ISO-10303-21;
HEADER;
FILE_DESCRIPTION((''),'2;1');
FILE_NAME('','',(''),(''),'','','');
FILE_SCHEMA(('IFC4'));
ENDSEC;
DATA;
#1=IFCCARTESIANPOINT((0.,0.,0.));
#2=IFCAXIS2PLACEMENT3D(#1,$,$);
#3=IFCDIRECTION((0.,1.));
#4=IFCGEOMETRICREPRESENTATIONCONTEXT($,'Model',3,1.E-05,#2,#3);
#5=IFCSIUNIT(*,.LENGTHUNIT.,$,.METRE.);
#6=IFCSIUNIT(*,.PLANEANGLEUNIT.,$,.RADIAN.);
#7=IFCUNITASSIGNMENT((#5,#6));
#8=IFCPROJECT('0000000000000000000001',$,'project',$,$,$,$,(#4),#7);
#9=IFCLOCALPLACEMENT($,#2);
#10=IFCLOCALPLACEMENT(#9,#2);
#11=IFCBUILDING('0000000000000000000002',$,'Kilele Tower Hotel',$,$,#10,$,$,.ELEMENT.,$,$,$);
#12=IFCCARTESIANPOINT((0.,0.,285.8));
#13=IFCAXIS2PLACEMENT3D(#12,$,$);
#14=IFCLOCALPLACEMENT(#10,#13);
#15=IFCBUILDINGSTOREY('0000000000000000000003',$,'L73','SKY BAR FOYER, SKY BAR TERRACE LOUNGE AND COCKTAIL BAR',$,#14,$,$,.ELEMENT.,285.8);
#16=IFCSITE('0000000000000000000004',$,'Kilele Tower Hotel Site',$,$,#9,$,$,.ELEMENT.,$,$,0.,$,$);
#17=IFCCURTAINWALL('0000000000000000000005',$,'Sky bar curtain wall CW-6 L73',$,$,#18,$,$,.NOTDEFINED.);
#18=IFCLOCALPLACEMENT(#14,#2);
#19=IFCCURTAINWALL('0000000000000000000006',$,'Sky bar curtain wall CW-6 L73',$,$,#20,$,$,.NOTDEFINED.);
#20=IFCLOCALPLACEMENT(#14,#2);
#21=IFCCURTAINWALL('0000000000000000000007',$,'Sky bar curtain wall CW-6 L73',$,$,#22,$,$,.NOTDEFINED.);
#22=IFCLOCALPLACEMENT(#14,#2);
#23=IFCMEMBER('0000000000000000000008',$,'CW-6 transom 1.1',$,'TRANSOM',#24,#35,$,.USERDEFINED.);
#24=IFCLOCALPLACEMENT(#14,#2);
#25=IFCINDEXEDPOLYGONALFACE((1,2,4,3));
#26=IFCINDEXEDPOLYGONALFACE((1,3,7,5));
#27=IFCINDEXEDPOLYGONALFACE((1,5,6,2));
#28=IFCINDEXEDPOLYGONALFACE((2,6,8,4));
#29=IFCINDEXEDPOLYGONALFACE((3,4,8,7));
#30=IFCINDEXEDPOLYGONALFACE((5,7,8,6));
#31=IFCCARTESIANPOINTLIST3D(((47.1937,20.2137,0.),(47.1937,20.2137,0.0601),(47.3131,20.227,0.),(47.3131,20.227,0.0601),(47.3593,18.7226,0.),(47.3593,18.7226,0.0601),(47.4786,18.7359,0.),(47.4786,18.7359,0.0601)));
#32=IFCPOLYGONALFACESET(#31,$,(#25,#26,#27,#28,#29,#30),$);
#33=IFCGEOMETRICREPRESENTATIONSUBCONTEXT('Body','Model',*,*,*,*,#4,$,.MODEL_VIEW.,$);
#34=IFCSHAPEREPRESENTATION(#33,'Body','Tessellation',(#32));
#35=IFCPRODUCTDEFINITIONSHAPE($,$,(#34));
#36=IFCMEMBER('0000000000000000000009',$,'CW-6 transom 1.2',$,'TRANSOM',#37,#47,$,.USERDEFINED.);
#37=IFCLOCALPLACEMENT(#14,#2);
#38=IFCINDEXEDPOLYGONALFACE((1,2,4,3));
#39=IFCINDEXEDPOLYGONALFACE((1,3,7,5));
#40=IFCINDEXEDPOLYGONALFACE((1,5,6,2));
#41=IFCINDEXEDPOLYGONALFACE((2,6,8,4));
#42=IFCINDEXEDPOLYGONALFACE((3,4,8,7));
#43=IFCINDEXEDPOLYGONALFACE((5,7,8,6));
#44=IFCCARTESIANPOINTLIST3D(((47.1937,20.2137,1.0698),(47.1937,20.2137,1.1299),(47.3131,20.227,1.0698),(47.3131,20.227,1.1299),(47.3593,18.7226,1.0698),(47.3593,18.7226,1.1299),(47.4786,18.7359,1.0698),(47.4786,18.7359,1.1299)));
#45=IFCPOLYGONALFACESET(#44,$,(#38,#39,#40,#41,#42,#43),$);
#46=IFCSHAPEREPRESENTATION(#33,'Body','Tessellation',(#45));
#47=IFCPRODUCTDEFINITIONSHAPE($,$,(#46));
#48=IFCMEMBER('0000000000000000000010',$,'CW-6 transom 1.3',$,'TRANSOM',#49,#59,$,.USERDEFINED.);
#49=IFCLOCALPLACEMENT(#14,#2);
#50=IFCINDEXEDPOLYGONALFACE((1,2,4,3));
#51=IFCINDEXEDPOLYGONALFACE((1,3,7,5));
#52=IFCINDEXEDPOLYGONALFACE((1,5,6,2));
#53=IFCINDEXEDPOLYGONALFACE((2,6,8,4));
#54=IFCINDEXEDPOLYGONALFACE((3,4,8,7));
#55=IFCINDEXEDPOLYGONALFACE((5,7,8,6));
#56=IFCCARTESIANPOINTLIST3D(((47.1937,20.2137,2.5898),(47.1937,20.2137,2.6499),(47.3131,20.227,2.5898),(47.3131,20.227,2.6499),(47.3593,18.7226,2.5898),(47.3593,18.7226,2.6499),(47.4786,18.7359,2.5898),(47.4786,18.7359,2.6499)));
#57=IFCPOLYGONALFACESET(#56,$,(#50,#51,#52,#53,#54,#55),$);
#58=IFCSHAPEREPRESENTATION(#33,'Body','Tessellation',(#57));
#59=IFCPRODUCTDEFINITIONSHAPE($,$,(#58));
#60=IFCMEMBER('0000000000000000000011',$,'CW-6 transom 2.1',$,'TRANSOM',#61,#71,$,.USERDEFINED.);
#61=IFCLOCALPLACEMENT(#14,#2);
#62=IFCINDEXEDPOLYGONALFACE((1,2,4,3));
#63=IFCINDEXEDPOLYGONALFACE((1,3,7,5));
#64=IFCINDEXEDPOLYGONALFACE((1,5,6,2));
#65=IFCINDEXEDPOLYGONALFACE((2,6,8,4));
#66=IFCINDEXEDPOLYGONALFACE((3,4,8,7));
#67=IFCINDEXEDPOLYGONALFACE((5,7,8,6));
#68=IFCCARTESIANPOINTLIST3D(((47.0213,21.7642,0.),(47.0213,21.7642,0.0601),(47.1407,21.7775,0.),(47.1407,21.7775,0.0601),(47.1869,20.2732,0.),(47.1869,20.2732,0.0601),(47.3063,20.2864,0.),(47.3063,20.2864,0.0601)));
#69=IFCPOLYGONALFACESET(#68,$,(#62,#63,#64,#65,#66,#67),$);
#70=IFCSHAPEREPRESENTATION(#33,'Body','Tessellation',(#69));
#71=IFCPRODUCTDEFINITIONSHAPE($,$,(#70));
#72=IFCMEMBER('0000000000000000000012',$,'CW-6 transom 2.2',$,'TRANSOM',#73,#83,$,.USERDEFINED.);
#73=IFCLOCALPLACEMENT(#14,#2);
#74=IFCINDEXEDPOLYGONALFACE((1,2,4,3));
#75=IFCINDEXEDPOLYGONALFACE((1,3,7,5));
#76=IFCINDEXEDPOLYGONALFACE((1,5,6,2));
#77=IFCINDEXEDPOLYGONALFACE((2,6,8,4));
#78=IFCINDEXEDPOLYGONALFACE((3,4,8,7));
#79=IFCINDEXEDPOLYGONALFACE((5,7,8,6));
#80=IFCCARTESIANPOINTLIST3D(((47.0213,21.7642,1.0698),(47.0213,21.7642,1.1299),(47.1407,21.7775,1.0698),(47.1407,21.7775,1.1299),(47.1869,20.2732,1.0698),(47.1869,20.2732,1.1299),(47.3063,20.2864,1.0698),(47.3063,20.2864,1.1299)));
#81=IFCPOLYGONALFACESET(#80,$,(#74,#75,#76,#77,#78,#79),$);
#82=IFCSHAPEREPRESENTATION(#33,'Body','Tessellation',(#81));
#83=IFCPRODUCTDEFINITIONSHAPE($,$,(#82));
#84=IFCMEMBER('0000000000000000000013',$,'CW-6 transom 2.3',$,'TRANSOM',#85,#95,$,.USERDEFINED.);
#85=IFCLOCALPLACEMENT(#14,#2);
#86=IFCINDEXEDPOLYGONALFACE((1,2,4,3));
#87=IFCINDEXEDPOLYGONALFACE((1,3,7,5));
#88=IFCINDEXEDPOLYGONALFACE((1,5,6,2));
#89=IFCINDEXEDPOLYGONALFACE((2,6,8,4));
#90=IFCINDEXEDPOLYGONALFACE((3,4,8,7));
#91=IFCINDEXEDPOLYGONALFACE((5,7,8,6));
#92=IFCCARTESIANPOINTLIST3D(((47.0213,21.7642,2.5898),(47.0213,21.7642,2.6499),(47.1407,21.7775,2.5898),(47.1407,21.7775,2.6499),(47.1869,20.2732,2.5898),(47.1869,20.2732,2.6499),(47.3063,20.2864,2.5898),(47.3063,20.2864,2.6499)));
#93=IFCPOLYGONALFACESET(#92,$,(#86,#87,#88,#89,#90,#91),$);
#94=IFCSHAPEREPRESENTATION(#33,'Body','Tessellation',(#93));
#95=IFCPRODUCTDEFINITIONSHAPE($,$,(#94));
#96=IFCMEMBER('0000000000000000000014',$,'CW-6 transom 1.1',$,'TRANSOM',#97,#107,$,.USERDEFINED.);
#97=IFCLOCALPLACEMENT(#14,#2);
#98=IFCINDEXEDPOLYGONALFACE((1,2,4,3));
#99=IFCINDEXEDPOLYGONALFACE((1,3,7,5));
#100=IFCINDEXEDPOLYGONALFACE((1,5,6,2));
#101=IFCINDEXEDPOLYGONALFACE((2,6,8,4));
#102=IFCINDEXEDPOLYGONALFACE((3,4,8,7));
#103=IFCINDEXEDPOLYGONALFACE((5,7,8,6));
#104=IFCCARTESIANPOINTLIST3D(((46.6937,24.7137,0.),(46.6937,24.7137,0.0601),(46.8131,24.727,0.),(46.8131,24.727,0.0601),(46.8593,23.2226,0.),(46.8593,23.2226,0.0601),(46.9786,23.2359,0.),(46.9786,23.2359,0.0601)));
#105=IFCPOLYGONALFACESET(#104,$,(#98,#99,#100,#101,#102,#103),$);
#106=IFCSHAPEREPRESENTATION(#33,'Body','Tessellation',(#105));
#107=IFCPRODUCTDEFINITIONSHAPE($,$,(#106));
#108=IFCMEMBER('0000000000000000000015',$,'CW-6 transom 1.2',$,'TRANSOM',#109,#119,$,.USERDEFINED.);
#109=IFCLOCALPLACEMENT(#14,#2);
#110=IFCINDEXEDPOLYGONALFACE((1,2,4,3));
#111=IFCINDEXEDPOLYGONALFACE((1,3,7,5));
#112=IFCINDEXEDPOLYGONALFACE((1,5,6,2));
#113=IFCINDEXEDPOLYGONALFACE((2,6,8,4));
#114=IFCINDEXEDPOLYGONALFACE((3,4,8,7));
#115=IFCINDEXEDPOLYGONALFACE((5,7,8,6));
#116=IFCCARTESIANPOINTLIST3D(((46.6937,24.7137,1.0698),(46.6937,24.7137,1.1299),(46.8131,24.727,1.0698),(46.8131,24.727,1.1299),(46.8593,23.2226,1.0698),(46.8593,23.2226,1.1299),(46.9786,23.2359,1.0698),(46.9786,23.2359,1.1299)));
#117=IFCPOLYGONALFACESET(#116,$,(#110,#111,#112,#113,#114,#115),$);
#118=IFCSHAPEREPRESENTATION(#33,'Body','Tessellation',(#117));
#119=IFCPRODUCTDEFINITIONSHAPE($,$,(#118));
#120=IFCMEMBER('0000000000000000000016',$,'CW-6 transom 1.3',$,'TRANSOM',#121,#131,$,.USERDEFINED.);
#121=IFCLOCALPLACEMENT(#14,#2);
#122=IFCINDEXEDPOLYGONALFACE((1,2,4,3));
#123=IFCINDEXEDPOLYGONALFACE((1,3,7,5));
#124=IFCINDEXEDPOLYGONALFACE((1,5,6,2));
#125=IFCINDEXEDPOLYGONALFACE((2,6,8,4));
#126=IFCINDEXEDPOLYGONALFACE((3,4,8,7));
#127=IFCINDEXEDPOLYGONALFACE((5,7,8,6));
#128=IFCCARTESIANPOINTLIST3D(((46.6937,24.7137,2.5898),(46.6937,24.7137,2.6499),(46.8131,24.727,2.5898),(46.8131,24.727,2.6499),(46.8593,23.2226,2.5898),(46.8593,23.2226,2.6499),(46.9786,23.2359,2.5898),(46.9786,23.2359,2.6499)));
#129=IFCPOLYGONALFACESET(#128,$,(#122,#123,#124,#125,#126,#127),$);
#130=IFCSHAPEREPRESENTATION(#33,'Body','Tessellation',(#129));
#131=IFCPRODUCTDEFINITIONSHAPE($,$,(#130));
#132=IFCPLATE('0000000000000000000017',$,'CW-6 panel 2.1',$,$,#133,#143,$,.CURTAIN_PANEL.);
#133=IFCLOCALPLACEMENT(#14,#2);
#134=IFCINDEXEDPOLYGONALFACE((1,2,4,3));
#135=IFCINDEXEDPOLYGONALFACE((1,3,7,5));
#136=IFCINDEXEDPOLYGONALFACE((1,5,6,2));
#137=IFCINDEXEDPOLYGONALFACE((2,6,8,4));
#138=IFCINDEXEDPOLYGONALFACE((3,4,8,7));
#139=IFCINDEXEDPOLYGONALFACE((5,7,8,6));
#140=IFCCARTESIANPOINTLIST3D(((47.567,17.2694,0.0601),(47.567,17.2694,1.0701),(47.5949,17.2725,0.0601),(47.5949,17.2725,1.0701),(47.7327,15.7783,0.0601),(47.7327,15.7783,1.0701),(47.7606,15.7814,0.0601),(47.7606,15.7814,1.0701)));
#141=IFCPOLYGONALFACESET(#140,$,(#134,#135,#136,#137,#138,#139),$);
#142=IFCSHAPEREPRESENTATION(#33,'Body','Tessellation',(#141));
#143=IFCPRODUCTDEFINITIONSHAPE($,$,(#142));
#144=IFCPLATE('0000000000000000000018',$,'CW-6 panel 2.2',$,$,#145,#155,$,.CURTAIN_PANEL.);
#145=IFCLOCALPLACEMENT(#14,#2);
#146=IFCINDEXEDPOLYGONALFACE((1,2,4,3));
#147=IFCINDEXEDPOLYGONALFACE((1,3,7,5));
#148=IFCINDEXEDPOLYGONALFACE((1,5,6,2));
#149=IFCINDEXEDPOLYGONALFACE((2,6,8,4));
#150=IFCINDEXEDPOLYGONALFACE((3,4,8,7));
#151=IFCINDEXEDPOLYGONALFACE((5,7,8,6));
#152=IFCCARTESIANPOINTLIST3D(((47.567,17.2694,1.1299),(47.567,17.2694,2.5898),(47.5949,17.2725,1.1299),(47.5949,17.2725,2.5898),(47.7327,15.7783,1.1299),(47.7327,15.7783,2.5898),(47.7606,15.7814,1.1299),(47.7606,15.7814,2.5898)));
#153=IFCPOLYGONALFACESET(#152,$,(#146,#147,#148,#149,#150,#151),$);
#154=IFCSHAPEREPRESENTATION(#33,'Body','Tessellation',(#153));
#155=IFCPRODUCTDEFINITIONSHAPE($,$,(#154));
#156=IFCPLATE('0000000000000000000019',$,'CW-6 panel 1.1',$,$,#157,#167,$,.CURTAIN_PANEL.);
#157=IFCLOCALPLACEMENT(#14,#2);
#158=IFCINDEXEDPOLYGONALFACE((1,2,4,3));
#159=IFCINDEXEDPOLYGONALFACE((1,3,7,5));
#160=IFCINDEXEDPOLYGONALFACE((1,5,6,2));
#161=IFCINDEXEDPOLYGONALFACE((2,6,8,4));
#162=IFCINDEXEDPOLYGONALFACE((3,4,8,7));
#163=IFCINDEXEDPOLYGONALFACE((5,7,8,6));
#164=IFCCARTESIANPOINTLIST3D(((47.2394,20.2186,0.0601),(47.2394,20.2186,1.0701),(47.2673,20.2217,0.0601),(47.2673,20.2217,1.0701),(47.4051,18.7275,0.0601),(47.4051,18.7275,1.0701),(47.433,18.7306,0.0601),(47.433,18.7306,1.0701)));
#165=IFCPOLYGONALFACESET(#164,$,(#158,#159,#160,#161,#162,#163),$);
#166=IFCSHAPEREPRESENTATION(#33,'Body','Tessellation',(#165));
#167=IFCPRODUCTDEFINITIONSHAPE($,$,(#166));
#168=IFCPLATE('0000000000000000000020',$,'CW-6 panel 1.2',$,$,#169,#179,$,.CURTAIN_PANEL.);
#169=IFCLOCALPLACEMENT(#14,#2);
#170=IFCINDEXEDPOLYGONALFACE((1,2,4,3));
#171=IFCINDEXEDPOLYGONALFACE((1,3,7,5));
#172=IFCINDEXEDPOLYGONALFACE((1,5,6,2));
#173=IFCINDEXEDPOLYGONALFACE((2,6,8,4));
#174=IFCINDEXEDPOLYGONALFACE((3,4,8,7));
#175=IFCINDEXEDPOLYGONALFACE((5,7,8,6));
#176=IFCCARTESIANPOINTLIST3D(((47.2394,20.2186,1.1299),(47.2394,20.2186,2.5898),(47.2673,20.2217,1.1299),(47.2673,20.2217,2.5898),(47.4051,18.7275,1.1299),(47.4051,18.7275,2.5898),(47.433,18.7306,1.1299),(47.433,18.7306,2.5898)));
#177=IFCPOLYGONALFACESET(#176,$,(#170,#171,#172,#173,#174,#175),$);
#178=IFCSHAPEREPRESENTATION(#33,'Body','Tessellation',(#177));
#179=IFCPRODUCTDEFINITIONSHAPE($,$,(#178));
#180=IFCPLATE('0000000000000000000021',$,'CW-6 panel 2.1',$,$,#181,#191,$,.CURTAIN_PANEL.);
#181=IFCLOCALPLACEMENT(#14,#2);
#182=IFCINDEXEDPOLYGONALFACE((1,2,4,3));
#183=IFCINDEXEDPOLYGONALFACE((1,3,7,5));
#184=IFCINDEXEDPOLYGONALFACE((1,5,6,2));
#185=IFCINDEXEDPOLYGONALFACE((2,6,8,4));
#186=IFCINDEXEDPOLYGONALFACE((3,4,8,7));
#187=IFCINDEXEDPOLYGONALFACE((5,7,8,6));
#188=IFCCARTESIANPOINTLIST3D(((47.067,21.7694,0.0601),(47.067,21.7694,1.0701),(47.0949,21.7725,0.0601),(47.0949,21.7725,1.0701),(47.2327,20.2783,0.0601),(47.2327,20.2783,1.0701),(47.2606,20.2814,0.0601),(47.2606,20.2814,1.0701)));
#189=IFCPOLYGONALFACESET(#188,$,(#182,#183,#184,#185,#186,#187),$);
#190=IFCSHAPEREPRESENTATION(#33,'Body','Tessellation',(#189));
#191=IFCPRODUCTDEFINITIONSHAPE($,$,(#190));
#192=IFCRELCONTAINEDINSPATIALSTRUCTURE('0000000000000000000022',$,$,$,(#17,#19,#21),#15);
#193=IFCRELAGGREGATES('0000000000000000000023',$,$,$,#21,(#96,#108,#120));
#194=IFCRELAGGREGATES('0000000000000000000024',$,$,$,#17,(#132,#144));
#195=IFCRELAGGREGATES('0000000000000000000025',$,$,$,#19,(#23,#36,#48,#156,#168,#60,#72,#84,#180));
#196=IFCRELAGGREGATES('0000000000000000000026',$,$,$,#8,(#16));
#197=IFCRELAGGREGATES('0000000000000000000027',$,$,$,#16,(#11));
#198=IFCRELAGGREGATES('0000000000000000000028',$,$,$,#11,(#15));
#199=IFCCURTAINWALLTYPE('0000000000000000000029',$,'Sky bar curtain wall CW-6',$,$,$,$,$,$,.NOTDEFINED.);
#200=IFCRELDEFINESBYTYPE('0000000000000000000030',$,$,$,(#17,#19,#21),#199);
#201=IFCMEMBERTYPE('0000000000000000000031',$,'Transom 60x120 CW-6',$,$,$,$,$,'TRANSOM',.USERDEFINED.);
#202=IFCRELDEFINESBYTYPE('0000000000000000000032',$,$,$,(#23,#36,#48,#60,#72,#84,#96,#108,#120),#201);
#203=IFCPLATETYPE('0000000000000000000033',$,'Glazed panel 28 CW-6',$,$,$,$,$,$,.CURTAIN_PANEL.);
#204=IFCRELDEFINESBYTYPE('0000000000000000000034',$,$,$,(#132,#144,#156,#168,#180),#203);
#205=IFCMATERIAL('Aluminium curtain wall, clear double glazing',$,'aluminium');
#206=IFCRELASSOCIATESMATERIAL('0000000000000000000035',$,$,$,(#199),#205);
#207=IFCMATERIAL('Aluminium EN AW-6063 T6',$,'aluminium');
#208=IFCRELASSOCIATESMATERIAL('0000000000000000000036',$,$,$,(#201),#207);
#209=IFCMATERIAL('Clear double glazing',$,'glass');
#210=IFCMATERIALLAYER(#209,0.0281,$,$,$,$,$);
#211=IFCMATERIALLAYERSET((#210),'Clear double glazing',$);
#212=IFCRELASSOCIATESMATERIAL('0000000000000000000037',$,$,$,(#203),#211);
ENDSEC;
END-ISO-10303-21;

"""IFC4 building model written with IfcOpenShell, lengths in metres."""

from ifc_helpers import new_model, si_unit, direction, frame, origin, origin_2d, place, context, subcontext, project, spatial, rectangle, extrude, material, layer, layer_set, material_profile, profile_set, type_object, element, aggregate, save


model = new_model("IFC4")

# Units and contexts
model_context = context("Model", 3, precision=1e-05, world=origin(), true_north=direction((0.0, 1.0)))
body_context = subcontext(model_context, "Body", "Model", "MODEL_VIEW")
ifc_project = project(units=[si_unit("LENGTHUNIT", "METRE"), si_unit("PLANEANGLEUNIT", "RADIAN")], contexts=[model_context])

# Site, building, storey
site_placement = place(None, origin())
site = spatial("IfcSite", under=ifc_project, at=site_placement, Name="Kilele Tower Hotel Site", CompositionType="ELEMENT", RefElevation=0.0)
building_placement = place(site_placement, origin())
building = spatial("IfcBuilding", under=site, at=building_placement, Name="Kilele Tower Hotel", CompositionType="ELEMENT")
storey_placement = place(building_placement, frame((0.0, 0.0, 285.8)))
storey = spatial("IfcBuildingStorey", under=building, at=storey_placement, Name="L73", Description="SKY BAR FOYER, SKY BAR TERRACE LOUNGE AND COCKTAIL BAR", CompositionType="ELEMENT", Elevation=285.8)

# Curtain wall
ifc_material_1 = material(Name="Aluminium curtain wall, clear double glazing", Category="aluminium")
curtain_wall_type = type_object("IfcCurtainWallType", Name="Sky bar curtain wall CW-6", PredefinedType="NOTDEFINED", material=ifc_material_1)
curtain_wall_1_placement = place(storey_placement, origin())
curtain_wall_1 = element("IfcCurtainWall", 1, at=curtain_wall_1_placement, inside=storey, type_object=curtain_wall_type, Name="Sky bar curtain wall CW-6 L73", PredefinedType="NOTDEFINED")

# Curtain wall
curtain_wall_2_placement = place(storey_placement, origin())
curtain_wall_2 = element("IfcCurtainWall", 2, at=curtain_wall_2_placement, inside=storey, type_object=curtain_wall_type, Name="Sky bar curtain wall CW-6 L73", PredefinedType="NOTDEFINED")

# Curtain wall
curtain_wall_3_placement = place(storey_placement, origin())
curtain_wall_3 = element("IfcCurtainWall", 3, at=curtain_wall_3_placement, inside=storey, type_object=curtain_wall_type, Name="Sky bar curtain wall CW-6 L73", PredefinedType="NOTDEFINED")

# Members
ifc_material_2 = material(Name="Aluminium EN AW-6063 T6", Category="aluminium")
ifc_material_profile_1 = material_profile(ifc_material_2, rectangle(XDim=0.1201, YDim=0.0601, at=origin_2d()))
ifc_profile_set_1 = profile_set([ifc_material_profile_1], Name="Aluminium EN AW-6063 T6")
member_type_1 = type_object("IfcMemberType", Name="Transom 60x120 CW-6", ElementType="TRANSOM", PredefinedType="USERDEFINED", material=ifc_profile_set_1)
member_1_placement = place(storey_placement, frame((47.4189, 18.7292, 0.03), z_axis=(-0.110342, 0.993894, 0.0), x_axis=(-0.993894, -0.110342, 0.0)))
member_1 = element("IfcMember", 4, at=member_1_placement, type_object=member_type_1, Name="CW-6 transom 1.1", ObjectType="TRANSOM", PredefinedType="USERDEFINED", context=body_context, shape_type="SweptSolid", body=[
    extrude(rectangle(XDim=0.1201, YDim=0.0601, at=origin_2d()), origin(), (0.0, 0.0, 1.0), 1.5002),
])
member_2_placement = place(storey_placement, frame((47.4189, 18.7292, 1.0999), z_axis=(-0.110342, 0.993894, 0.0), x_axis=(-0.993894, -0.110342, 0.0)))
member_2 = element("IfcMember", 5, at=member_2_placement, type_object=member_type_1, Name="CW-6 transom 1.2", ObjectType="TRANSOM", PredefinedType="USERDEFINED", context=body_context, shape_type="SweptSolid", body=[
    extrude(rectangle(XDim=0.1201, YDim=0.0601, at=origin_2d()), origin(), (0.0, 0.0, 1.0), 1.5002),
])
member_3_placement = place(storey_placement, frame((47.4189, 18.7292, 2.6199), z_axis=(-0.110342, 0.993894, 0.0), x_axis=(-0.993894, -0.110342, 0.0)))
member_3 = element("IfcMember", 6, at=member_3_placement, type_object=member_type_1, Name="CW-6 transom 1.3", ObjectType="TRANSOM", PredefinedType="USERDEFINED", context=body_context, shape_type="SweptSolid", body=[
    extrude(rectangle(XDim=0.1201, YDim=0.0601, at=origin_2d()), origin(), (0.0, 0.0, 1.0), 1.5002),
])
member_4_placement = place(storey_placement, frame((47.2466, 20.2798, 0.03), z_axis=(-0.110342, 0.993894, 0.0), x_axis=(-0.993894, -0.110342, 0.0)))
member_4 = element("IfcMember", 7, at=member_4_placement, type_object=member_type_1, Name="CW-6 transom 2.1", ObjectType="TRANSOM", PredefinedType="USERDEFINED", context=body_context, shape_type="SweptSolid", body=[
    extrude(rectangle(XDim=0.1201, YDim=0.0601, at=origin_2d()), origin(), (0.0, 0.0, 1.0), 1.5002),
])
member_5_placement = place(storey_placement, frame((47.2466, 20.2798, 1.0999), z_axis=(-0.110342, 0.993894, 0.0), x_axis=(-0.993894, -0.110342, 0.0)))
member_5 = element("IfcMember", 8, at=member_5_placement, type_object=member_type_1, Name="CW-6 transom 2.2", ObjectType="TRANSOM", PredefinedType="USERDEFINED", context=body_context, shape_type="SweptSolid", body=[
    extrude(rectangle(XDim=0.1201, YDim=0.0601, at=origin_2d()), origin(), (0.0, 0.0, 1.0), 1.5002),
])
member_6_placement = place(storey_placement, frame((47.2466, 20.2798, 2.6199), z_axis=(-0.110342, 0.993894, 0.0), x_axis=(-0.993894, -0.110342, 0.0)))
member_6 = element("IfcMember", 9, at=member_6_placement, type_object=member_type_1, Name="CW-6 transom 2.3", ObjectType="TRANSOM", PredefinedType="USERDEFINED", context=body_context, shape_type="SweptSolid", body=[
    extrude(rectangle(XDim=0.1201, YDim=0.0601, at=origin_2d()), origin(), (0.0, 0.0, 1.0), 1.5002),
])
member_7_placement = place(storey_placement, frame((46.9189, 23.2292, 0.03), z_axis=(-0.110342, 0.993894, 0.0), x_axis=(-0.993894, -0.110342, 0.0)))
member_7 = element("IfcMember", 10, at=member_7_placement, type_object=member_type_1, Name="CW-6 transom 1.1", ObjectType="TRANSOM", PredefinedType="USERDEFINED", context=body_context, shape_type="SweptSolid", body=[
    extrude(rectangle(XDim=0.1201, YDim=0.0601, at=origin_2d()), origin(), (0.0, 0.0, 1.0), 1.5002),
])
member_8_placement = place(storey_placement, frame((46.9189, 23.2292, 1.0999), z_axis=(-0.110342, 0.993894, 0.0), x_axis=(-0.993894, -0.110342, 0.0)))
member_8 = element("IfcMember", 11, at=member_8_placement, type_object=member_type_1, Name="CW-6 transom 1.2", ObjectType="TRANSOM", PredefinedType="USERDEFINED", context=body_context, shape_type="SweptSolid", body=[
    extrude(rectangle(XDim=0.1201, YDim=0.0601, at=origin_2d()), origin(), (0.0, 0.0, 1.0), 1.5002),
])
member_9_placement = place(storey_placement, frame((46.9189, 23.2292, 2.6199), z_axis=(-0.110342, 0.993894, 0.0), x_axis=(-0.993894, -0.110342, 0.0)))
member_9 = element("IfcMember", 12, at=member_9_placement, type_object=member_type_1, Name="CW-6 transom 1.3", ObjectType="TRANSOM", PredefinedType="USERDEFINED", context=body_context, shape_type="SweptSolid", body=[
    extrude(rectangle(XDim=0.1201, YDim=0.0601, at=origin_2d()), origin(), (0.0, 0.0, 1.0), 1.5002),
])
aggregate(curtain_wall_3, [member_7, member_8, member_9])

# Plates
ifc_material_3 = material(Name="Clear double glazing", Category="glass")
ifc_layer_1 = layer(ifc_material_3, 0.0281)
ifc_layer_set_1 = layer_set([ifc_layer_1], Name="Clear double glazing")
plate_type = type_object("IfcPlateType", Name="Glazed panel 28 CW-6", PredefinedType="CURTAIN_PANEL", material=ifc_layer_set_1)
plate_1_placement = place(storey_placement, frame((47.6638, 16.5254, 0.0601), z_axis=(0.0, 0.0, 1.0), x_axis=(-0.110432, 0.993884, 0.0)))
plate_1 = element("IfcPlate", 13, at=plate_1_placement, type_object=plate_type, Name="CW-6 panel 2.1", PredefinedType="CURTAIN_PANEL", context=body_context, shape_type="SweptSolid", body=[
    extrude(rectangle(XDim=1.5002, YDim=0.0281, at=origin_2d()), origin(), (0.0, 0.0, 1.0), 1.01),
])
plate_2_placement = place(storey_placement, frame((47.6638, 16.5254, 1.1299), z_axis=(0.0, 0.0, 1.0), x_axis=(-0.110432, 0.993884, 0.0)))
plate_2 = element("IfcPlate", 14, at=plate_2_placement, type_object=plate_type, Name="CW-6 panel 2.2", PredefinedType="CURTAIN_PANEL", context=body_context, shape_type="SweptSolid", body=[
    extrude(rectangle(XDim=1.5002, YDim=0.0281, at=origin_2d()), origin(), (0.0, 0.0, 1.0), 1.46),
])
aggregate(curtain_wall_1, [plate_1, plate_2])
plate_3_placement = place(storey_placement, frame((47.3362, 19.4746, 0.0601), z_axis=(0.0, 0.0, 1.0), x_axis=(-0.110432, 0.993884, 0.0)))
plate_3 = element("IfcPlate", 15, at=plate_3_placement, type_object=plate_type, Name="CW-6 panel 1.1", PredefinedType="CURTAIN_PANEL", context=body_context, shape_type="SweptSolid", body=[
    extrude(rectangle(XDim=1.5002, YDim=0.0281, at=origin_2d()), origin(), (0.0, 0.0, 1.0), 1.01),
])
plate_4_placement = place(storey_placement, frame((47.3362, 19.4746, 1.1299), z_axis=(0.0, 0.0, 1.0), x_axis=(-0.110432, 0.993884, 0.0)))
plate_4 = element("IfcPlate", 16, at=plate_4_placement, type_object=plate_type, Name="CW-6 panel 1.2", PredefinedType="CURTAIN_PANEL", context=body_context, shape_type="SweptSolid", body=[
    extrude(rectangle(XDim=1.5002, YDim=0.0281, at=origin_2d()), origin(), (0.0, 0.0, 1.0), 1.46),
])
plate_5_placement = place(storey_placement, frame((47.1638, 21.0254, 0.0601), z_axis=(0.0, 0.0, 1.0), x_axis=(-0.110432, 0.993884, 0.0)))
plate_5 = element("IfcPlate", 17, at=plate_5_placement, type_object=plate_type, Name="CW-6 panel 2.1", PredefinedType="CURTAIN_PANEL", context=body_context, shape_type="SweptSolid", body=[
    extrude(rectangle(XDim=1.5002, YDim=0.0281, at=origin_2d()), origin(), (0.0, 0.0, 1.0), 1.01),
])
aggregate(curtain_wall_2, [member_1, member_2, member_3, plate_3, plate_4, member_4, member_5, member_6, plate_5])

save(model, "model.ifc")
